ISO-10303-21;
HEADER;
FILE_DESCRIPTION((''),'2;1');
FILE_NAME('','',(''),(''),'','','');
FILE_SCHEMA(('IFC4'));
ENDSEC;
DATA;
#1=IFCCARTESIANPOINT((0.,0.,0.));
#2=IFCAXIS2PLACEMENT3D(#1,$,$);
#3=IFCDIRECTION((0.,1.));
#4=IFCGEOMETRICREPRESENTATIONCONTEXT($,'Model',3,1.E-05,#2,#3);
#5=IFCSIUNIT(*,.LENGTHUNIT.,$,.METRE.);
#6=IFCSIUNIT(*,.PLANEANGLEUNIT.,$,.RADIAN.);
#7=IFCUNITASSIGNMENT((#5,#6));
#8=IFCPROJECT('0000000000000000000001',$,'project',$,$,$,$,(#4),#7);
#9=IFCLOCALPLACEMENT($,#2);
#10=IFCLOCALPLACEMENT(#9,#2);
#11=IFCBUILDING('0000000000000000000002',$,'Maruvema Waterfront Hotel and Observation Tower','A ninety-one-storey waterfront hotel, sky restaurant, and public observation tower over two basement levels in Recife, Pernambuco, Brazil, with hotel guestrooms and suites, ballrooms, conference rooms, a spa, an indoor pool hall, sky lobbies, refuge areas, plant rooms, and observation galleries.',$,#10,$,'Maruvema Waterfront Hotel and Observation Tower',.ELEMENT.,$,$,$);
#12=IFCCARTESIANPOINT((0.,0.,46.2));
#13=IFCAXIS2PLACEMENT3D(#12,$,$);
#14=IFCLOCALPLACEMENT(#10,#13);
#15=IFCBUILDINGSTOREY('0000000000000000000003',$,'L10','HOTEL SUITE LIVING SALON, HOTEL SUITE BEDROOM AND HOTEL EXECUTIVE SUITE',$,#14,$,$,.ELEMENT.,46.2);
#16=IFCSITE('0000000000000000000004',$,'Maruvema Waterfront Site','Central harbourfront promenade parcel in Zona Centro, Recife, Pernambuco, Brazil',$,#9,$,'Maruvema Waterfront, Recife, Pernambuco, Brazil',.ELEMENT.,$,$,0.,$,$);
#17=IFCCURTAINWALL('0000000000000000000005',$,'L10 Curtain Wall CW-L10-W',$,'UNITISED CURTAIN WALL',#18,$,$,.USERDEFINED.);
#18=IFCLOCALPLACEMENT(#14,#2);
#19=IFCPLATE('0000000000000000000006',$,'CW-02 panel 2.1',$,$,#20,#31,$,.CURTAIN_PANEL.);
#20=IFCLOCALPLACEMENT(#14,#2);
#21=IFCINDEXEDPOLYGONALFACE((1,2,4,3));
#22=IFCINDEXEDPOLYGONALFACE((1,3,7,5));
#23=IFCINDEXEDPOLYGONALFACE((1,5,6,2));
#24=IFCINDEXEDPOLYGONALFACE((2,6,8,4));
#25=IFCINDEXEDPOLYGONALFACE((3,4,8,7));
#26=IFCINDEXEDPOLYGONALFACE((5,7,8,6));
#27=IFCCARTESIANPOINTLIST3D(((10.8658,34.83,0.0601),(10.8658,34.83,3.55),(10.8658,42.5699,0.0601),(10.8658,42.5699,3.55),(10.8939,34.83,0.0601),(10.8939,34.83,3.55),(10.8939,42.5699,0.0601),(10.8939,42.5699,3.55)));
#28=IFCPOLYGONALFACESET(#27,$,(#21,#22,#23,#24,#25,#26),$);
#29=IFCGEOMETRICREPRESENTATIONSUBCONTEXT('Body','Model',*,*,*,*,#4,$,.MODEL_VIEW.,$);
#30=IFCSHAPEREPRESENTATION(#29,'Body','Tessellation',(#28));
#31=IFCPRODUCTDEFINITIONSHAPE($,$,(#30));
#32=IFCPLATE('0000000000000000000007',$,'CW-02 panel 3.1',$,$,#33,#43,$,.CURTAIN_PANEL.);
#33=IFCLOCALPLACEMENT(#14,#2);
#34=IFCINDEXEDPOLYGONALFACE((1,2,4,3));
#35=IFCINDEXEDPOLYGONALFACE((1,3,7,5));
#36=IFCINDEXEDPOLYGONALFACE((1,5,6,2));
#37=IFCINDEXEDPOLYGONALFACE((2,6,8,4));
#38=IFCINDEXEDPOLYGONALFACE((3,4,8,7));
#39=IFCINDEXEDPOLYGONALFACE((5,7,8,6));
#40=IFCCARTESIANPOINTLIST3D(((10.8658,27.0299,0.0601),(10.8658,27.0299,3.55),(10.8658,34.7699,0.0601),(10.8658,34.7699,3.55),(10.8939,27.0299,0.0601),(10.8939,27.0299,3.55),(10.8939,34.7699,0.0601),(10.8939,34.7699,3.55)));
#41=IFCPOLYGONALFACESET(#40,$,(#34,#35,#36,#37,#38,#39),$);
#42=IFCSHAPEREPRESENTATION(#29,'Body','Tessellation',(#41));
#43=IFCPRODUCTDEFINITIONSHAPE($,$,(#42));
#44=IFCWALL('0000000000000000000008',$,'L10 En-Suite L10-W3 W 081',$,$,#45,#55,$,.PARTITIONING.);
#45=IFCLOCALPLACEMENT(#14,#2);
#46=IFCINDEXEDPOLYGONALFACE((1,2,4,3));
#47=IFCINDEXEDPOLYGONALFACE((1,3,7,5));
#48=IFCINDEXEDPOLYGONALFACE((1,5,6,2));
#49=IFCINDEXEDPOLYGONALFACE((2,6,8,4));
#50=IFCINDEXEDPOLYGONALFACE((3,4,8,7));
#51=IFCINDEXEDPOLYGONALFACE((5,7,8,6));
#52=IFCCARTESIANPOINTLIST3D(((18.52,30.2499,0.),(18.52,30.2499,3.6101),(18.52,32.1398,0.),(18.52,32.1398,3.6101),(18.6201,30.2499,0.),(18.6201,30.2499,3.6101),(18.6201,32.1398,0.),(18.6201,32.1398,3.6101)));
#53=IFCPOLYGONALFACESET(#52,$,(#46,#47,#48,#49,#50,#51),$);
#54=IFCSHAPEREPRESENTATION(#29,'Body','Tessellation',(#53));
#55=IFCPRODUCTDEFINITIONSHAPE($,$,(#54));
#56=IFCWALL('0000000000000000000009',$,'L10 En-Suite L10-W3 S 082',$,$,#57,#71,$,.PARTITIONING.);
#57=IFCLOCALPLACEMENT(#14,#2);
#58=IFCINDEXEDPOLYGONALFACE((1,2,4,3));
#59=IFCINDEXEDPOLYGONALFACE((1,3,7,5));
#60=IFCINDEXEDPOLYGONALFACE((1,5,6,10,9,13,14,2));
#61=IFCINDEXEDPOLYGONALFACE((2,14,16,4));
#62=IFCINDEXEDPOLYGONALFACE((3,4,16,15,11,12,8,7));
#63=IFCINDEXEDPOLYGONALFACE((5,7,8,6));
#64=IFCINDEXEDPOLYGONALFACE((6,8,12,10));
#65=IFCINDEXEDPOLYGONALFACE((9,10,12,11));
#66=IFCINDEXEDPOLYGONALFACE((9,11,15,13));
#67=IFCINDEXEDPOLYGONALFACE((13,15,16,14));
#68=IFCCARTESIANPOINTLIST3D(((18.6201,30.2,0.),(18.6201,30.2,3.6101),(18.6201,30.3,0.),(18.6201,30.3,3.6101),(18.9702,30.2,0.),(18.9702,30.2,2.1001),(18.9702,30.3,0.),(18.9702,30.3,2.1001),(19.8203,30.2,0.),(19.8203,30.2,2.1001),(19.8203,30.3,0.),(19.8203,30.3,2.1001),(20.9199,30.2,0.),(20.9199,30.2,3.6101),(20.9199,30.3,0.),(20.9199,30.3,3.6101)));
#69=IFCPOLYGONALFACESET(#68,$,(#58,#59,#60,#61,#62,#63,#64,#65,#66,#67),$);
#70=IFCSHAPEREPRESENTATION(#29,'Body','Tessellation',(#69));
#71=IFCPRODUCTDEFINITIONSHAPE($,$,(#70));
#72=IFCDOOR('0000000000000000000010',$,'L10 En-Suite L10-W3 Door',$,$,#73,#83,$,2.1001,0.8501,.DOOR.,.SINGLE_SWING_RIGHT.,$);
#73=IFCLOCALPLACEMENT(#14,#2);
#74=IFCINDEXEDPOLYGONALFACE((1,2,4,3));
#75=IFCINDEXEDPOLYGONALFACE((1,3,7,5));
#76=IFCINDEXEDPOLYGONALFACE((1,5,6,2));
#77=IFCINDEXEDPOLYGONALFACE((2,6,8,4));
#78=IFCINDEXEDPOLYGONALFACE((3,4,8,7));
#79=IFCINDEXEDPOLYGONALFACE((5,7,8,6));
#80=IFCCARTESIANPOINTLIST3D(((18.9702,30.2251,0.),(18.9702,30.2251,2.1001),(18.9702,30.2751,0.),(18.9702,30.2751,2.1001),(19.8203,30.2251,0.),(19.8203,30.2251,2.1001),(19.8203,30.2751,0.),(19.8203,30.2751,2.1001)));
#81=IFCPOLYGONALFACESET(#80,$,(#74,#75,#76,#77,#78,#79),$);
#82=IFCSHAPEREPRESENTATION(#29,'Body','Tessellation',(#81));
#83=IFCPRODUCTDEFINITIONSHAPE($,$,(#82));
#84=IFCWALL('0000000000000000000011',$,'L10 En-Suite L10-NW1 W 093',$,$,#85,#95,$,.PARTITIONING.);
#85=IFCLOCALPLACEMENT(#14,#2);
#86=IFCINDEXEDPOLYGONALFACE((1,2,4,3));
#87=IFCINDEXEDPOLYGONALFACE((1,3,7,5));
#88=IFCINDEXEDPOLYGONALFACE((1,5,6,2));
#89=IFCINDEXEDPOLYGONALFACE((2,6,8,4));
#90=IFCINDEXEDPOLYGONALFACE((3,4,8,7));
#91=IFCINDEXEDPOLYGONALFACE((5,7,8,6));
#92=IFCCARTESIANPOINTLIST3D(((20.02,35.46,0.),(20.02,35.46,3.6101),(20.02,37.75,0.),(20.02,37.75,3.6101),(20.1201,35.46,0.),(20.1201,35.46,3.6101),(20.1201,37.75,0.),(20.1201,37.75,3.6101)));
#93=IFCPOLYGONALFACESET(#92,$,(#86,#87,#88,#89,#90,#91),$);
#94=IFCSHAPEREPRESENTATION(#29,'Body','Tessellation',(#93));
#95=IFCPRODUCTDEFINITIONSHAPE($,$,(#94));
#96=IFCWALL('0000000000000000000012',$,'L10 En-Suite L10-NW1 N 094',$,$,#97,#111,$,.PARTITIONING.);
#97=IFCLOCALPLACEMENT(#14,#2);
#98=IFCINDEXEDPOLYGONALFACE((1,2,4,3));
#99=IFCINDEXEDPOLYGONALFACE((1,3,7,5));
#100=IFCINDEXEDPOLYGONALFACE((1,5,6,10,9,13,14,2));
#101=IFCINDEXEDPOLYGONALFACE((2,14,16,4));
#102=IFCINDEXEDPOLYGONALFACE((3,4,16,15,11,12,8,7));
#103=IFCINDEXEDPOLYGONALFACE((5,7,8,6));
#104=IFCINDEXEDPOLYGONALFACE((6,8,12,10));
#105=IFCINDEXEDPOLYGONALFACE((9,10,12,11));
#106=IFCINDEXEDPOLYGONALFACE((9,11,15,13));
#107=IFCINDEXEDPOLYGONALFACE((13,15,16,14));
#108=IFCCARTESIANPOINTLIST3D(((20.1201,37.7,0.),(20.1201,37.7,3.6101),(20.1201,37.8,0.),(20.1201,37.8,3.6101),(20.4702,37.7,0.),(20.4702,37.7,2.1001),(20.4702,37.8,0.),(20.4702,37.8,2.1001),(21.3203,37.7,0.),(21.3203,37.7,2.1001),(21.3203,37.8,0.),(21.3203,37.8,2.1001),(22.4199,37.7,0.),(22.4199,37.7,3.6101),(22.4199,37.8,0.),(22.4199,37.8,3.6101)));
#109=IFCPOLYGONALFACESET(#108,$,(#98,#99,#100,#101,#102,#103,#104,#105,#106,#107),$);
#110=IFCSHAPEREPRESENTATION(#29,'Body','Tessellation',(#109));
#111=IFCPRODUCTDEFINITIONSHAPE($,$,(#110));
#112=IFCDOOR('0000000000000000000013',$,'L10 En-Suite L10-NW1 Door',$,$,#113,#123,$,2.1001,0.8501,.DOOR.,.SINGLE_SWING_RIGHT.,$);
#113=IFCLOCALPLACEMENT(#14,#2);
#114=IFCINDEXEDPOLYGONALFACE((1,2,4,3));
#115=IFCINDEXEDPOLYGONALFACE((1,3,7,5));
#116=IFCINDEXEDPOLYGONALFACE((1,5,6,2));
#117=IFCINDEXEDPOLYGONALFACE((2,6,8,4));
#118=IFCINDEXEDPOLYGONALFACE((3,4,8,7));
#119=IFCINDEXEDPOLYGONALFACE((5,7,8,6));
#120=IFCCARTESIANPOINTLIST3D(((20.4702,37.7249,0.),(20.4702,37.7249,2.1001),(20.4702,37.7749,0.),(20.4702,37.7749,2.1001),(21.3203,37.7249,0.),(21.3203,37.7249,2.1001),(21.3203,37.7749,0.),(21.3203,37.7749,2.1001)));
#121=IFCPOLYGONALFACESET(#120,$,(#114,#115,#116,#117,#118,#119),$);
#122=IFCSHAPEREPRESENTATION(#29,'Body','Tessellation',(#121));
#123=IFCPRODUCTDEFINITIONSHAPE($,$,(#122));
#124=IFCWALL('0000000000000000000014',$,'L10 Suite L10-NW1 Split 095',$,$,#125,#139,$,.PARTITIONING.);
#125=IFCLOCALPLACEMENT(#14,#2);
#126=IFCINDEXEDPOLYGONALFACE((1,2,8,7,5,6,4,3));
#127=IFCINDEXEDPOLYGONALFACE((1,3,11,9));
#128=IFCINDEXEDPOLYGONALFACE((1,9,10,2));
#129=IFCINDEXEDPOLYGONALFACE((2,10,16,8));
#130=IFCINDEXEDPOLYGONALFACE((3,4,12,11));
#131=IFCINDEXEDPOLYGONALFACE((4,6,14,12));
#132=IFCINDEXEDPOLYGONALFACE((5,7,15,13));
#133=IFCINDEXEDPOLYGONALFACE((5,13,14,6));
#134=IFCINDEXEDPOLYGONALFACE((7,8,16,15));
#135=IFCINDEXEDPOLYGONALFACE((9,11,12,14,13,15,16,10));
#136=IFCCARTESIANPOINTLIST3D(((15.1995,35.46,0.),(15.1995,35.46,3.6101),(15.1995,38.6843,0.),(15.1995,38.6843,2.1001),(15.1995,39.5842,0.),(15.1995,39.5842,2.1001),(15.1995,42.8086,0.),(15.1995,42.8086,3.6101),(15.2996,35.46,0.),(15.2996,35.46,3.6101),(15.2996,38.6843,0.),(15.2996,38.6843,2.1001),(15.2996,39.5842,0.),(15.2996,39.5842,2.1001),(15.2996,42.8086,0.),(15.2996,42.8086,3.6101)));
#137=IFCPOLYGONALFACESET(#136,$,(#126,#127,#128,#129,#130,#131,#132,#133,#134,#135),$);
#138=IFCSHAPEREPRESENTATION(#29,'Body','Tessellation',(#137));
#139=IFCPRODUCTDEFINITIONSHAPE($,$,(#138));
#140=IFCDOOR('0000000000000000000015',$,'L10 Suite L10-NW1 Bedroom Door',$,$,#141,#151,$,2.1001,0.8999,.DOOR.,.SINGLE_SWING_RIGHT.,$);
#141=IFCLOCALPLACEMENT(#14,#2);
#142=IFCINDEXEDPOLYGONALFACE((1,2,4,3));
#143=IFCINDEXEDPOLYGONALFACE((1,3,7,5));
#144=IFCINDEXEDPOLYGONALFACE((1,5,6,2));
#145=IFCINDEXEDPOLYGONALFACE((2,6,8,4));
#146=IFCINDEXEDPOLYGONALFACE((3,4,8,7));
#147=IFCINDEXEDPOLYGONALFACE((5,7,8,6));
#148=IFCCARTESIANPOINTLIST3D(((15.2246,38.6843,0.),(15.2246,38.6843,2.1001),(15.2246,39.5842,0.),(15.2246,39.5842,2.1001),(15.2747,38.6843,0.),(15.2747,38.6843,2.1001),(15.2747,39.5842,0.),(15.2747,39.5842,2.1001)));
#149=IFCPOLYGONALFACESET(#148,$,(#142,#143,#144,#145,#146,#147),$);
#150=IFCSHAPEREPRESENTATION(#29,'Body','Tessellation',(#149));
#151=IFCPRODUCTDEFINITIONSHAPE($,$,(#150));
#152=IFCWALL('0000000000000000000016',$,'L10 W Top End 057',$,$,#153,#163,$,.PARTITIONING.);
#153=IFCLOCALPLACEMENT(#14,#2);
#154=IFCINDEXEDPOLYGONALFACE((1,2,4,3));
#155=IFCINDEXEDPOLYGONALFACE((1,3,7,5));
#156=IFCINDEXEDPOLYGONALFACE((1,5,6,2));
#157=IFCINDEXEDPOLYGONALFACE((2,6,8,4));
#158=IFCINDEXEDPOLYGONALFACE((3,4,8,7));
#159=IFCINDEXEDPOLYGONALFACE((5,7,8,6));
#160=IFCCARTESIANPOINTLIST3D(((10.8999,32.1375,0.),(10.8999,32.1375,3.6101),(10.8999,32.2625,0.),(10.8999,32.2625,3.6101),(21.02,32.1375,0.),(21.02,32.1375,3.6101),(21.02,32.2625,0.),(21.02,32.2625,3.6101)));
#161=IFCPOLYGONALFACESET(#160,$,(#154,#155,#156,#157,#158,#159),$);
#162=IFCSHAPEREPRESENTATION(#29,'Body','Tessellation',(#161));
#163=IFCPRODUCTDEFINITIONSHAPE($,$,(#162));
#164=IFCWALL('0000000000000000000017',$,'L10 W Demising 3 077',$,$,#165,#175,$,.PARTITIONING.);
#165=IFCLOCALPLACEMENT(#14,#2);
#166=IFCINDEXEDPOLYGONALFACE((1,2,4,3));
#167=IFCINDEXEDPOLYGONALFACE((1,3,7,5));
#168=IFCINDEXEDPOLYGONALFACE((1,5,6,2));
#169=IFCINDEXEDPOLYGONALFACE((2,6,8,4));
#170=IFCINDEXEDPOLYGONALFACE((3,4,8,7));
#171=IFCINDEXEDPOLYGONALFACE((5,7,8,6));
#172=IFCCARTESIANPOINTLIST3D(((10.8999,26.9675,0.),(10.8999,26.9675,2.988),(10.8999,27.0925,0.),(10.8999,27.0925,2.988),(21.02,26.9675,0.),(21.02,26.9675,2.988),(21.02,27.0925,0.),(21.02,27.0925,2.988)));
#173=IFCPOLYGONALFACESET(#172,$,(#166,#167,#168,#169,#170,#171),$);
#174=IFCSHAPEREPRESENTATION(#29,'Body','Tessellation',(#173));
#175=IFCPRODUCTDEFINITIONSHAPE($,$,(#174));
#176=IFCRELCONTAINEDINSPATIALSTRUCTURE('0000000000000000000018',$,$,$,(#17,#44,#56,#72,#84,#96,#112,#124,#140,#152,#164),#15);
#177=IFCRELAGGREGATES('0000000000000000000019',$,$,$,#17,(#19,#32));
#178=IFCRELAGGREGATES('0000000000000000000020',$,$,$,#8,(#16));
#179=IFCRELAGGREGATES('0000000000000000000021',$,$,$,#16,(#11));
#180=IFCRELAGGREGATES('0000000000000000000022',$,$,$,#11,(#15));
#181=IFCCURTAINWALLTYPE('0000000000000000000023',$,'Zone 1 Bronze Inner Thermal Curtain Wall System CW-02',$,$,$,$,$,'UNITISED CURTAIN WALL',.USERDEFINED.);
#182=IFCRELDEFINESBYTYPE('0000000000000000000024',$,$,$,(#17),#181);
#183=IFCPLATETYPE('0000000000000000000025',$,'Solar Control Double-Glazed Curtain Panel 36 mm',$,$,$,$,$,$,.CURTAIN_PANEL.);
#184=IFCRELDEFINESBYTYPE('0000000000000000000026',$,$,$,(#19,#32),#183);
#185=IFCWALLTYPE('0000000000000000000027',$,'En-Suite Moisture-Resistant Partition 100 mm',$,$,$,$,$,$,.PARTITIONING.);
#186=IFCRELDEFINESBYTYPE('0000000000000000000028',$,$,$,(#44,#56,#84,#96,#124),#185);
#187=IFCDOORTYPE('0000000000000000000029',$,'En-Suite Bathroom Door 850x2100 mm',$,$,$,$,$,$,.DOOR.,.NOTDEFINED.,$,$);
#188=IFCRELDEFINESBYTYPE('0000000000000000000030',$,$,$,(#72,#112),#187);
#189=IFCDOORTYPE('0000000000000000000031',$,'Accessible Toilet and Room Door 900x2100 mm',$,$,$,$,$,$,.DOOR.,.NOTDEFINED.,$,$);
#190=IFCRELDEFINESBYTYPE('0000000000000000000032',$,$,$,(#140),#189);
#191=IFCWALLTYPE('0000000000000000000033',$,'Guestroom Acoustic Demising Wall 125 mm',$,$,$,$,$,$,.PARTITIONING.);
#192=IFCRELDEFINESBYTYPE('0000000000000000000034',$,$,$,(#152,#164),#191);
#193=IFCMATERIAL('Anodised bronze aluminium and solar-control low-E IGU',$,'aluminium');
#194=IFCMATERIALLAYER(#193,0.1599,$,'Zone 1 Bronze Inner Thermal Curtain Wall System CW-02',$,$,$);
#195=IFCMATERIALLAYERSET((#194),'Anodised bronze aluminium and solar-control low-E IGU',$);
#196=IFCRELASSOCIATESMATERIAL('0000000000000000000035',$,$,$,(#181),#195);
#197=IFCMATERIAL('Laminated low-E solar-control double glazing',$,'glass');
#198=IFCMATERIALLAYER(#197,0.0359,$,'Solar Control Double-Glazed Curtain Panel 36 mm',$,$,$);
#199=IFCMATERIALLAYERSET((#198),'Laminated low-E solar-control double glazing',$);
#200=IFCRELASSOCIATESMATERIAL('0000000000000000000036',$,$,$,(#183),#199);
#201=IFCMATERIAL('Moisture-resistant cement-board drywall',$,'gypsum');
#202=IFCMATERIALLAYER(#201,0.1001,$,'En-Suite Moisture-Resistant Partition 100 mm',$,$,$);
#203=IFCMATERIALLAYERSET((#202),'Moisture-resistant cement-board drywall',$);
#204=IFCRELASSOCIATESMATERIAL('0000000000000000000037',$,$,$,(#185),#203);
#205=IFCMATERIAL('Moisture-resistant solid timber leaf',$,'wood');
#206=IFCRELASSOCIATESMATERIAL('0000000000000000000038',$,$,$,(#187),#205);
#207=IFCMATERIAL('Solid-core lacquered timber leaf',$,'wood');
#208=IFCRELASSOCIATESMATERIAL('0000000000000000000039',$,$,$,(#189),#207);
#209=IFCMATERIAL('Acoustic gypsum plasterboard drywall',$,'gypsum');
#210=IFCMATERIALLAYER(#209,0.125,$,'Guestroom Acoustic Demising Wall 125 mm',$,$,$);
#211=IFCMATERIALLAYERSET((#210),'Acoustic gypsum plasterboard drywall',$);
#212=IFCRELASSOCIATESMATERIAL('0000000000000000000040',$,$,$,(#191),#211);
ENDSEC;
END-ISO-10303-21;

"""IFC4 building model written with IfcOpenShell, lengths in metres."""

from ifc_helpers import new_model, si_unit, direction, frame, frame_2d, origin, origin_2d, place, context, subcontext, project, spatial, rectangle, extrude, material, layer, layer_set, type_object, element, fill, aggregate, save


model = new_model("IFC4")

# Units and contexts
model_context = context("Model", 3, precision=1e-05, world=origin(), true_north=direction((0.0, 1.0)))
body_context = subcontext(model_context, "Body", "Model", "MODEL_VIEW")
ifc_project = project(units=[si_unit("LENGTHUNIT", "METRE"), si_unit("PLANEANGLEUNIT", "RADIAN")], contexts=[model_context])

# Site, building, storey
site_placement = place(None, origin())
site = spatial("IfcSite", under=ifc_project, at=site_placement, Name="Maruvema Waterfront Site", Description="Central harbourfront promenade parcel in Zona Centro, Recife, Pernambuco, Brazil", LongName="Maruvema Waterfront, Recife, Pernambuco, Brazil", CompositionType="ELEMENT", RefElevation=0.0)
building_placement = place(site_placement, origin())
building = spatial("IfcBuilding", under=site, at=building_placement, Name="Maruvema Waterfront Hotel and Observation Tower", Description="A ninety-one-storey waterfront hotel, sky restaurant, and public observation tower over two basement levels in Recife, Pernambuco, Brazil, with hotel guestrooms and suites, ballrooms, conference rooms, a spa, an indoor pool hall, sky lobbies, refuge areas, plant rooms, and observation galleries.", LongName="Maruvema Waterfront Hotel and Observation Tower", CompositionType="ELEMENT")
storey_placement = place(building_placement, frame((0.0, 0.0, 46.2)))
storey = spatial("IfcBuildingStorey", under=building, at=storey_placement, Name="L10", Description="HOTEL SUITE LIVING SALON, HOTEL SUITE BEDROOM AND HOTEL EXECUTIVE SUITE", CompositionType="ELEMENT", Elevation=46.2)

# Curtain wall
ifc_material_1 = material(Name="Anodised bronze aluminium and solar-control low-E IGU", Category="aluminium")
ifc_layer_1 = layer(ifc_material_1, 0.1599, Name="Zone 1 Bronze Inner Thermal Curtain Wall System CW-02")
ifc_layer_set_1 = layer_set([ifc_layer_1], Name="Anodised bronze aluminium and solar-control low-E IGU")
curtain_wall_type = type_object("IfcCurtainWallType", Name="Zone 1 Bronze Inner Thermal Curtain Wall System CW-02", ElementType="UNITISED CURTAIN WALL", PredefinedType="USERDEFINED", material=ifc_layer_set_1)
curtain_wall_placement = place(storey_placement, origin())
curtain_wall = element("IfcCurtainWall", 1, at=curtain_wall_placement, inside=storey, type_object=curtain_wall_type, Name="L10 Curtain Wall CW-L10-W", ObjectType="UNITISED CURTAIN WALL", PredefinedType="USERDEFINED")

# Plates
ifc_material_2 = material(Name="Laminated low-E solar-control double glazing", Category="glass")
ifc_layer_2 = layer(ifc_material_2, 0.0359, Name="Solar Control Double-Glazed Curtain Panel 36 mm")
ifc_layer_set_2 = layer_set([ifc_layer_2], Name="Laminated low-E solar-control double glazing")
plate_type = type_object("IfcPlateType", Name="Solar Control Double-Glazed Curtain Panel 36 mm", PredefinedType="CURTAIN_PANEL", material=ifc_layer_set_2)
plate_1_placement = place(storey_placement, frame((10.8799, 38.7, 0.0601), z_axis=(0.0, 0.0, 1.0), x_axis=(0.0, -1.0, 0.0)))
plate_1 = element("IfcPlate", 2, at=plate_1_placement, type_object=plate_type, Name="CW-02 panel 2.1", PredefinedType="CURTAIN_PANEL", context=body_context, shape_type="SweptSolid", body=[
    extrude(rectangle(XDim=7.74, YDim=0.0281, at=origin_2d()), origin(), (0.0, 0.0, 1.0), 3.49),
])
plate_2_placement = place(storey_placement, frame((10.8799, 30.8999, 0.0601), z_axis=(0.0, 0.0, 1.0), x_axis=(0.0, -1.0, 0.0)))
plate_2 = element("IfcPlate", 3, at=plate_2_placement, type_object=plate_type, Name="CW-02 panel 3.1", PredefinedType="CURTAIN_PANEL", context=body_context, shape_type="SweptSolid", body=[
    extrude(rectangle(XDim=7.74, YDim=0.0281, at=origin_2d()), origin(), (0.0, 0.0, 1.0), 3.49),
])
aggregate(curtain_wall, [plate_1, plate_2])

# Wall
ifc_material_3 = material(Name="Moisture-resistant cement-board drywall", Category="gypsum")
ifc_layer_3 = layer(ifc_material_3, 0.1001, Name="En-Suite Moisture-Resistant Partition 100 mm")
ifc_layer_set_3 = layer_set([ifc_layer_3], Name="Moisture-resistant cement-board drywall")
wall_type_1 = type_object("IfcWallType", Name="En-Suite Moisture-Resistant Partition 100 mm", PredefinedType="PARTITIONING", material=ifc_layer_set_3)
wall_1_placement = place(storey_placement, frame((18.5701, 30.25, 0.0), z_axis=(0.0, 0.0, 1.0), x_axis=(0.0, 1.0, 0.0)))
element("IfcWall", 4, at=wall_1_placement, inside=storey, type_object=wall_type_1, Name="L10 En-Suite L10-W3 W 081", PredefinedType="PARTITIONING", context=body_context, shape_type="SweptSolid", body=[
    extrude(rectangle(XDim=1.8899, YDim=0.1001, at=frame_2d((0.9448, 0.0))), origin(), (0.0, 0.0, 1.0), 3.6101),
])

# Wall, opening, door
wall_2_placement = place(storey_placement, frame((18.6201, 30.25, 0.0), z_axis=(0.0, 0.0, 1.0), x_axis=(1.0, 0.0, 0.0)))
wall_2 = element("IfcWall", 5, at=wall_2_placement, inside=storey, type_object=wall_type_1, Name="L10 En-Suite L10-W3 S 082", PredefinedType="PARTITIONING", context=body_context, shape_type="SweptSolid", body=[
    extrude(rectangle(XDim=2.2998, YDim=0.1001, at=frame_2d((1.1499, 0.0))), origin(), (0.0, 0.0, 1.0), 3.6101),
])
opening_1_placement = place(wall_2_placement, frame((0.3501, 0.0, 0.0)))
opening_1 = element("IfcOpeningElement", 6, at=opening_1_placement, cuts=wall_2, PredefinedType="OPENING", context=body_context, shape_type="SweptSolid", body=[
    extrude(rectangle(XDim=0.8501, YDim=2.1001, at=frame_2d((0.425, 1.05))), frame((0.0, 0.0601, 0.0), z_axis=(0.0, -1.0, 0.0), x_axis=(1.0, 0.0, 0.0)), (0.0, 0.0, 1.0), 0.1201),
])
ifc_material_4 = material(Name="Moisture-resistant solid timber leaf", Category="wood")
door_type_1 = type_object("IfcDoorType", Name="En-Suite Bathroom Door 850x2100 mm", OperationType="NOTDEFINED", PredefinedType="DOOR", material=ifc_material_4)
door_1_placement = place(opening_1_placement, frame((0.8501, 0.0, 0.0), z_axis=(0.0, 0.0, 1.0), x_axis=(-1.0, 0.0, 0.0)))
door_1 = element("IfcDoor", 7, at=door_1_placement, inside=storey, type_object=door_type_1, Name="L10 En-Suite L10-W3 Door", OperationType="SINGLE_SWING_RIGHT", OverallHeight=2.1001, OverallWidth=0.8501, PredefinedType="DOOR", context=body_context, shape_type="SweptSolid", body=[
    extrude(rectangle(XDim=0.8501, YDim=2.1001, at=frame_2d((0.425, 1.05))), frame((0.0, 0.0249, 0.0), z_axis=(0.0, -1.0, 0.0), x_axis=(1.0, 0.0, 0.0)), (0.0, 0.0, 1.0), 0.05),
])
fill(opening_1, door_1)

# Wall
wall_3_placement = place(storey_placement, frame((20.0701, 35.46, 0.0), z_axis=(0.0, 0.0, 1.0), x_axis=(0.0, 1.0, 0.0)))
element("IfcWall", 8, at=wall_3_placement, inside=storey, type_object=wall_type_1, Name="L10 En-Suite L10-NW1 W 093", PredefinedType="PARTITIONING", context=body_context, shape_type="SweptSolid", body=[
    extrude(rectangle(XDim=2.29, YDim=0.1001, at=frame_2d((1.145, 0.0))), origin(), (0.0, 0.0, 1.0), 3.6101),
])

# Walls, openings, doors
wall_4_placement = place(storey_placement, frame((20.1201, 37.75, 0.0), z_axis=(0.0, 0.0, 1.0), x_axis=(1.0, 0.0, 0.0)))
wall_4 = element("IfcWall", 9, at=wall_4_placement, inside=storey, type_object=wall_type_1, Name="L10 En-Suite L10-NW1 N 094", PredefinedType="PARTITIONING", context=body_context, shape_type="SweptSolid", body=[
    extrude(rectangle(XDim=2.2998, YDim=0.1001, at=frame_2d((1.1499, 0.0))), origin(), (0.0, 0.0, 1.0), 3.6101),
])
opening_2_placement = place(wall_4_placement, frame((0.3501, 0.0, 0.0)))
opening_2 = element("IfcOpeningElement", 10, at=opening_2_placement, cuts=wall_4, PredefinedType="OPENING", context=body_context, shape_type="SweptSolid", body=[
    extrude(rectangle(XDim=0.8501, YDim=2.1001, at=frame_2d((0.425, 1.05))), frame((0.0, 0.0601, 0.0), z_axis=(0.0, -1.0, 0.0), x_axis=(1.0, 0.0, 0.0)), (0.0, 0.0, 1.0), 0.1201),
])
door_2_placement = place(opening_2_placement, origin())
door_2 = element("IfcDoor", 11, at=door_2_placement, inside=storey, type_object=door_type_1, Name="L10 En-Suite L10-NW1 Door", OperationType="SINGLE_SWING_RIGHT", OverallHeight=2.1001, OverallWidth=0.8501, PredefinedType="DOOR", context=body_context, shape_type="SweptSolid", body=[
    extrude(rectangle(XDim=0.8501, YDim=2.1001, at=frame_2d((0.425, 1.05))), frame((0.0, 0.0249, 0.0), z_axis=(0.0, -1.0, 0.0), x_axis=(1.0, 0.0, 0.0)), (0.0, 0.0, 1.0), 0.05),
])
fill(opening_2, door_2)
wall_5_placement = place(storey_placement, frame((15.2495, 35.46, 0.0), z_axis=(0.0, 0.0, 1.0), x_axis=(0.0, 1.0, 0.0)))
wall_5 = element("IfcWall", 12, at=wall_5_placement, inside=storey, type_object=wall_type_1, Name="L10 Suite L10-NW1 Split 095", PredefinedType="PARTITIONING", context=body_context, shape_type="SweptSolid", body=[
    extrude(rectangle(XDim=7.3486, YDim=0.1001, at=frame_2d((3.6743, 0.0))), origin(), (0.0, 0.0, 1.0), 3.6101),
])
opening_3_placement = place(wall_5_placement, frame((3.2244, 0.0, 0.0)))
opening_3 = element("IfcOpeningElement", 13, at=opening_3_placement, cuts=wall_5, PredefinedType="OPENING", context=body_context, shape_type="SweptSolid", body=[
    extrude(rectangle(XDim=0.8999, YDim=2.1001, at=frame_2d((0.45, 1.05))), frame((0.0, 0.0601, 0.0), z_axis=(0.0, -1.0, 0.0), x_axis=(1.0, 0.0, 0.0)), (0.0, 0.0, 1.0), 0.1201),
])
ifc_material_5 = material(Name="Solid-core lacquered timber leaf", Category="wood")
door_type_2 = type_object("IfcDoorType", Name="Accessible Toilet and Room Door 900x2100 mm", OperationType="NOTDEFINED", PredefinedType="DOOR", material=ifc_material_5)
door_3_placement = place(opening_3_placement, origin())
door_3 = element("IfcDoor", 14, at=door_3_placement, inside=storey, type_object=door_type_2, Name="L10 Suite L10-NW1 Bedroom Door", OperationType="SINGLE_SWING_RIGHT", OverallHeight=2.1001, OverallWidth=0.8999, PredefinedType="DOOR", context=body_context, shape_type="SweptSolid", body=[
    extrude(rectangle(XDim=0.8999, YDim=2.1001, at=frame_2d((0.45, 1.05))), frame((0.0, 0.0249, 0.0), z_axis=(0.0, -1.0, 0.0), x_axis=(1.0, 0.0, 0.0)), (0.0, 0.0, 1.0), 0.05),
])
fill(opening_3, door_3)

# Walls
ifc_material_6 = material(Name="Acoustic gypsum plasterboard drywall", Category="gypsum")
ifc_layer_4 = layer(ifc_material_6, 0.125, Name="Guestroom Acoustic Demising Wall 125 mm")
ifc_layer_set_4 = layer_set([ifc_layer_4], Name="Acoustic gypsum plasterboard drywall")
wall_type_2 = type_object("IfcWallType", Name="Guestroom Acoustic Demising Wall 125 mm", PredefinedType="PARTITIONING", material=ifc_layer_set_4)
wall_6_placement = place(storey_placement, frame((10.8999, 32.2, 0.0), z_axis=(0.0, 0.0, 1.0), x_axis=(1.0, 0.0, 0.0)))
element("IfcWall", 15, at=wall_6_placement, inside=storey, type_object=wall_type_2, Name="L10 W Top End 057", PredefinedType="PARTITIONING", context=body_context, shape_type="SweptSolid", body=[
    extrude(rectangle(XDim=10.1201, YDim=0.125, at=frame_2d((5.0601, 0.0))), origin(), (0.0, 0.0, 1.0), 3.6101),
])
wall_7_placement = place(storey_placement, frame((10.8999, 27.03, 0.0), z_axis=(0.0, 0.0, 1.0), x_axis=(1.0, 0.0, 0.0)))
element("IfcWall", 16, at=wall_7_placement, inside=storey, type_object=wall_type_2, Name="L10 W Demising 3 077", PredefinedType="PARTITIONING", context=body_context, shape_type="SweptSolid", body=[
    extrude(rectangle(XDim=10.1201, YDim=0.125, at=frame_2d((5.0601, 0.0))), origin(), (0.0, 0.0, 1.0), 2.988),
])

save(model, "model.ifc")
